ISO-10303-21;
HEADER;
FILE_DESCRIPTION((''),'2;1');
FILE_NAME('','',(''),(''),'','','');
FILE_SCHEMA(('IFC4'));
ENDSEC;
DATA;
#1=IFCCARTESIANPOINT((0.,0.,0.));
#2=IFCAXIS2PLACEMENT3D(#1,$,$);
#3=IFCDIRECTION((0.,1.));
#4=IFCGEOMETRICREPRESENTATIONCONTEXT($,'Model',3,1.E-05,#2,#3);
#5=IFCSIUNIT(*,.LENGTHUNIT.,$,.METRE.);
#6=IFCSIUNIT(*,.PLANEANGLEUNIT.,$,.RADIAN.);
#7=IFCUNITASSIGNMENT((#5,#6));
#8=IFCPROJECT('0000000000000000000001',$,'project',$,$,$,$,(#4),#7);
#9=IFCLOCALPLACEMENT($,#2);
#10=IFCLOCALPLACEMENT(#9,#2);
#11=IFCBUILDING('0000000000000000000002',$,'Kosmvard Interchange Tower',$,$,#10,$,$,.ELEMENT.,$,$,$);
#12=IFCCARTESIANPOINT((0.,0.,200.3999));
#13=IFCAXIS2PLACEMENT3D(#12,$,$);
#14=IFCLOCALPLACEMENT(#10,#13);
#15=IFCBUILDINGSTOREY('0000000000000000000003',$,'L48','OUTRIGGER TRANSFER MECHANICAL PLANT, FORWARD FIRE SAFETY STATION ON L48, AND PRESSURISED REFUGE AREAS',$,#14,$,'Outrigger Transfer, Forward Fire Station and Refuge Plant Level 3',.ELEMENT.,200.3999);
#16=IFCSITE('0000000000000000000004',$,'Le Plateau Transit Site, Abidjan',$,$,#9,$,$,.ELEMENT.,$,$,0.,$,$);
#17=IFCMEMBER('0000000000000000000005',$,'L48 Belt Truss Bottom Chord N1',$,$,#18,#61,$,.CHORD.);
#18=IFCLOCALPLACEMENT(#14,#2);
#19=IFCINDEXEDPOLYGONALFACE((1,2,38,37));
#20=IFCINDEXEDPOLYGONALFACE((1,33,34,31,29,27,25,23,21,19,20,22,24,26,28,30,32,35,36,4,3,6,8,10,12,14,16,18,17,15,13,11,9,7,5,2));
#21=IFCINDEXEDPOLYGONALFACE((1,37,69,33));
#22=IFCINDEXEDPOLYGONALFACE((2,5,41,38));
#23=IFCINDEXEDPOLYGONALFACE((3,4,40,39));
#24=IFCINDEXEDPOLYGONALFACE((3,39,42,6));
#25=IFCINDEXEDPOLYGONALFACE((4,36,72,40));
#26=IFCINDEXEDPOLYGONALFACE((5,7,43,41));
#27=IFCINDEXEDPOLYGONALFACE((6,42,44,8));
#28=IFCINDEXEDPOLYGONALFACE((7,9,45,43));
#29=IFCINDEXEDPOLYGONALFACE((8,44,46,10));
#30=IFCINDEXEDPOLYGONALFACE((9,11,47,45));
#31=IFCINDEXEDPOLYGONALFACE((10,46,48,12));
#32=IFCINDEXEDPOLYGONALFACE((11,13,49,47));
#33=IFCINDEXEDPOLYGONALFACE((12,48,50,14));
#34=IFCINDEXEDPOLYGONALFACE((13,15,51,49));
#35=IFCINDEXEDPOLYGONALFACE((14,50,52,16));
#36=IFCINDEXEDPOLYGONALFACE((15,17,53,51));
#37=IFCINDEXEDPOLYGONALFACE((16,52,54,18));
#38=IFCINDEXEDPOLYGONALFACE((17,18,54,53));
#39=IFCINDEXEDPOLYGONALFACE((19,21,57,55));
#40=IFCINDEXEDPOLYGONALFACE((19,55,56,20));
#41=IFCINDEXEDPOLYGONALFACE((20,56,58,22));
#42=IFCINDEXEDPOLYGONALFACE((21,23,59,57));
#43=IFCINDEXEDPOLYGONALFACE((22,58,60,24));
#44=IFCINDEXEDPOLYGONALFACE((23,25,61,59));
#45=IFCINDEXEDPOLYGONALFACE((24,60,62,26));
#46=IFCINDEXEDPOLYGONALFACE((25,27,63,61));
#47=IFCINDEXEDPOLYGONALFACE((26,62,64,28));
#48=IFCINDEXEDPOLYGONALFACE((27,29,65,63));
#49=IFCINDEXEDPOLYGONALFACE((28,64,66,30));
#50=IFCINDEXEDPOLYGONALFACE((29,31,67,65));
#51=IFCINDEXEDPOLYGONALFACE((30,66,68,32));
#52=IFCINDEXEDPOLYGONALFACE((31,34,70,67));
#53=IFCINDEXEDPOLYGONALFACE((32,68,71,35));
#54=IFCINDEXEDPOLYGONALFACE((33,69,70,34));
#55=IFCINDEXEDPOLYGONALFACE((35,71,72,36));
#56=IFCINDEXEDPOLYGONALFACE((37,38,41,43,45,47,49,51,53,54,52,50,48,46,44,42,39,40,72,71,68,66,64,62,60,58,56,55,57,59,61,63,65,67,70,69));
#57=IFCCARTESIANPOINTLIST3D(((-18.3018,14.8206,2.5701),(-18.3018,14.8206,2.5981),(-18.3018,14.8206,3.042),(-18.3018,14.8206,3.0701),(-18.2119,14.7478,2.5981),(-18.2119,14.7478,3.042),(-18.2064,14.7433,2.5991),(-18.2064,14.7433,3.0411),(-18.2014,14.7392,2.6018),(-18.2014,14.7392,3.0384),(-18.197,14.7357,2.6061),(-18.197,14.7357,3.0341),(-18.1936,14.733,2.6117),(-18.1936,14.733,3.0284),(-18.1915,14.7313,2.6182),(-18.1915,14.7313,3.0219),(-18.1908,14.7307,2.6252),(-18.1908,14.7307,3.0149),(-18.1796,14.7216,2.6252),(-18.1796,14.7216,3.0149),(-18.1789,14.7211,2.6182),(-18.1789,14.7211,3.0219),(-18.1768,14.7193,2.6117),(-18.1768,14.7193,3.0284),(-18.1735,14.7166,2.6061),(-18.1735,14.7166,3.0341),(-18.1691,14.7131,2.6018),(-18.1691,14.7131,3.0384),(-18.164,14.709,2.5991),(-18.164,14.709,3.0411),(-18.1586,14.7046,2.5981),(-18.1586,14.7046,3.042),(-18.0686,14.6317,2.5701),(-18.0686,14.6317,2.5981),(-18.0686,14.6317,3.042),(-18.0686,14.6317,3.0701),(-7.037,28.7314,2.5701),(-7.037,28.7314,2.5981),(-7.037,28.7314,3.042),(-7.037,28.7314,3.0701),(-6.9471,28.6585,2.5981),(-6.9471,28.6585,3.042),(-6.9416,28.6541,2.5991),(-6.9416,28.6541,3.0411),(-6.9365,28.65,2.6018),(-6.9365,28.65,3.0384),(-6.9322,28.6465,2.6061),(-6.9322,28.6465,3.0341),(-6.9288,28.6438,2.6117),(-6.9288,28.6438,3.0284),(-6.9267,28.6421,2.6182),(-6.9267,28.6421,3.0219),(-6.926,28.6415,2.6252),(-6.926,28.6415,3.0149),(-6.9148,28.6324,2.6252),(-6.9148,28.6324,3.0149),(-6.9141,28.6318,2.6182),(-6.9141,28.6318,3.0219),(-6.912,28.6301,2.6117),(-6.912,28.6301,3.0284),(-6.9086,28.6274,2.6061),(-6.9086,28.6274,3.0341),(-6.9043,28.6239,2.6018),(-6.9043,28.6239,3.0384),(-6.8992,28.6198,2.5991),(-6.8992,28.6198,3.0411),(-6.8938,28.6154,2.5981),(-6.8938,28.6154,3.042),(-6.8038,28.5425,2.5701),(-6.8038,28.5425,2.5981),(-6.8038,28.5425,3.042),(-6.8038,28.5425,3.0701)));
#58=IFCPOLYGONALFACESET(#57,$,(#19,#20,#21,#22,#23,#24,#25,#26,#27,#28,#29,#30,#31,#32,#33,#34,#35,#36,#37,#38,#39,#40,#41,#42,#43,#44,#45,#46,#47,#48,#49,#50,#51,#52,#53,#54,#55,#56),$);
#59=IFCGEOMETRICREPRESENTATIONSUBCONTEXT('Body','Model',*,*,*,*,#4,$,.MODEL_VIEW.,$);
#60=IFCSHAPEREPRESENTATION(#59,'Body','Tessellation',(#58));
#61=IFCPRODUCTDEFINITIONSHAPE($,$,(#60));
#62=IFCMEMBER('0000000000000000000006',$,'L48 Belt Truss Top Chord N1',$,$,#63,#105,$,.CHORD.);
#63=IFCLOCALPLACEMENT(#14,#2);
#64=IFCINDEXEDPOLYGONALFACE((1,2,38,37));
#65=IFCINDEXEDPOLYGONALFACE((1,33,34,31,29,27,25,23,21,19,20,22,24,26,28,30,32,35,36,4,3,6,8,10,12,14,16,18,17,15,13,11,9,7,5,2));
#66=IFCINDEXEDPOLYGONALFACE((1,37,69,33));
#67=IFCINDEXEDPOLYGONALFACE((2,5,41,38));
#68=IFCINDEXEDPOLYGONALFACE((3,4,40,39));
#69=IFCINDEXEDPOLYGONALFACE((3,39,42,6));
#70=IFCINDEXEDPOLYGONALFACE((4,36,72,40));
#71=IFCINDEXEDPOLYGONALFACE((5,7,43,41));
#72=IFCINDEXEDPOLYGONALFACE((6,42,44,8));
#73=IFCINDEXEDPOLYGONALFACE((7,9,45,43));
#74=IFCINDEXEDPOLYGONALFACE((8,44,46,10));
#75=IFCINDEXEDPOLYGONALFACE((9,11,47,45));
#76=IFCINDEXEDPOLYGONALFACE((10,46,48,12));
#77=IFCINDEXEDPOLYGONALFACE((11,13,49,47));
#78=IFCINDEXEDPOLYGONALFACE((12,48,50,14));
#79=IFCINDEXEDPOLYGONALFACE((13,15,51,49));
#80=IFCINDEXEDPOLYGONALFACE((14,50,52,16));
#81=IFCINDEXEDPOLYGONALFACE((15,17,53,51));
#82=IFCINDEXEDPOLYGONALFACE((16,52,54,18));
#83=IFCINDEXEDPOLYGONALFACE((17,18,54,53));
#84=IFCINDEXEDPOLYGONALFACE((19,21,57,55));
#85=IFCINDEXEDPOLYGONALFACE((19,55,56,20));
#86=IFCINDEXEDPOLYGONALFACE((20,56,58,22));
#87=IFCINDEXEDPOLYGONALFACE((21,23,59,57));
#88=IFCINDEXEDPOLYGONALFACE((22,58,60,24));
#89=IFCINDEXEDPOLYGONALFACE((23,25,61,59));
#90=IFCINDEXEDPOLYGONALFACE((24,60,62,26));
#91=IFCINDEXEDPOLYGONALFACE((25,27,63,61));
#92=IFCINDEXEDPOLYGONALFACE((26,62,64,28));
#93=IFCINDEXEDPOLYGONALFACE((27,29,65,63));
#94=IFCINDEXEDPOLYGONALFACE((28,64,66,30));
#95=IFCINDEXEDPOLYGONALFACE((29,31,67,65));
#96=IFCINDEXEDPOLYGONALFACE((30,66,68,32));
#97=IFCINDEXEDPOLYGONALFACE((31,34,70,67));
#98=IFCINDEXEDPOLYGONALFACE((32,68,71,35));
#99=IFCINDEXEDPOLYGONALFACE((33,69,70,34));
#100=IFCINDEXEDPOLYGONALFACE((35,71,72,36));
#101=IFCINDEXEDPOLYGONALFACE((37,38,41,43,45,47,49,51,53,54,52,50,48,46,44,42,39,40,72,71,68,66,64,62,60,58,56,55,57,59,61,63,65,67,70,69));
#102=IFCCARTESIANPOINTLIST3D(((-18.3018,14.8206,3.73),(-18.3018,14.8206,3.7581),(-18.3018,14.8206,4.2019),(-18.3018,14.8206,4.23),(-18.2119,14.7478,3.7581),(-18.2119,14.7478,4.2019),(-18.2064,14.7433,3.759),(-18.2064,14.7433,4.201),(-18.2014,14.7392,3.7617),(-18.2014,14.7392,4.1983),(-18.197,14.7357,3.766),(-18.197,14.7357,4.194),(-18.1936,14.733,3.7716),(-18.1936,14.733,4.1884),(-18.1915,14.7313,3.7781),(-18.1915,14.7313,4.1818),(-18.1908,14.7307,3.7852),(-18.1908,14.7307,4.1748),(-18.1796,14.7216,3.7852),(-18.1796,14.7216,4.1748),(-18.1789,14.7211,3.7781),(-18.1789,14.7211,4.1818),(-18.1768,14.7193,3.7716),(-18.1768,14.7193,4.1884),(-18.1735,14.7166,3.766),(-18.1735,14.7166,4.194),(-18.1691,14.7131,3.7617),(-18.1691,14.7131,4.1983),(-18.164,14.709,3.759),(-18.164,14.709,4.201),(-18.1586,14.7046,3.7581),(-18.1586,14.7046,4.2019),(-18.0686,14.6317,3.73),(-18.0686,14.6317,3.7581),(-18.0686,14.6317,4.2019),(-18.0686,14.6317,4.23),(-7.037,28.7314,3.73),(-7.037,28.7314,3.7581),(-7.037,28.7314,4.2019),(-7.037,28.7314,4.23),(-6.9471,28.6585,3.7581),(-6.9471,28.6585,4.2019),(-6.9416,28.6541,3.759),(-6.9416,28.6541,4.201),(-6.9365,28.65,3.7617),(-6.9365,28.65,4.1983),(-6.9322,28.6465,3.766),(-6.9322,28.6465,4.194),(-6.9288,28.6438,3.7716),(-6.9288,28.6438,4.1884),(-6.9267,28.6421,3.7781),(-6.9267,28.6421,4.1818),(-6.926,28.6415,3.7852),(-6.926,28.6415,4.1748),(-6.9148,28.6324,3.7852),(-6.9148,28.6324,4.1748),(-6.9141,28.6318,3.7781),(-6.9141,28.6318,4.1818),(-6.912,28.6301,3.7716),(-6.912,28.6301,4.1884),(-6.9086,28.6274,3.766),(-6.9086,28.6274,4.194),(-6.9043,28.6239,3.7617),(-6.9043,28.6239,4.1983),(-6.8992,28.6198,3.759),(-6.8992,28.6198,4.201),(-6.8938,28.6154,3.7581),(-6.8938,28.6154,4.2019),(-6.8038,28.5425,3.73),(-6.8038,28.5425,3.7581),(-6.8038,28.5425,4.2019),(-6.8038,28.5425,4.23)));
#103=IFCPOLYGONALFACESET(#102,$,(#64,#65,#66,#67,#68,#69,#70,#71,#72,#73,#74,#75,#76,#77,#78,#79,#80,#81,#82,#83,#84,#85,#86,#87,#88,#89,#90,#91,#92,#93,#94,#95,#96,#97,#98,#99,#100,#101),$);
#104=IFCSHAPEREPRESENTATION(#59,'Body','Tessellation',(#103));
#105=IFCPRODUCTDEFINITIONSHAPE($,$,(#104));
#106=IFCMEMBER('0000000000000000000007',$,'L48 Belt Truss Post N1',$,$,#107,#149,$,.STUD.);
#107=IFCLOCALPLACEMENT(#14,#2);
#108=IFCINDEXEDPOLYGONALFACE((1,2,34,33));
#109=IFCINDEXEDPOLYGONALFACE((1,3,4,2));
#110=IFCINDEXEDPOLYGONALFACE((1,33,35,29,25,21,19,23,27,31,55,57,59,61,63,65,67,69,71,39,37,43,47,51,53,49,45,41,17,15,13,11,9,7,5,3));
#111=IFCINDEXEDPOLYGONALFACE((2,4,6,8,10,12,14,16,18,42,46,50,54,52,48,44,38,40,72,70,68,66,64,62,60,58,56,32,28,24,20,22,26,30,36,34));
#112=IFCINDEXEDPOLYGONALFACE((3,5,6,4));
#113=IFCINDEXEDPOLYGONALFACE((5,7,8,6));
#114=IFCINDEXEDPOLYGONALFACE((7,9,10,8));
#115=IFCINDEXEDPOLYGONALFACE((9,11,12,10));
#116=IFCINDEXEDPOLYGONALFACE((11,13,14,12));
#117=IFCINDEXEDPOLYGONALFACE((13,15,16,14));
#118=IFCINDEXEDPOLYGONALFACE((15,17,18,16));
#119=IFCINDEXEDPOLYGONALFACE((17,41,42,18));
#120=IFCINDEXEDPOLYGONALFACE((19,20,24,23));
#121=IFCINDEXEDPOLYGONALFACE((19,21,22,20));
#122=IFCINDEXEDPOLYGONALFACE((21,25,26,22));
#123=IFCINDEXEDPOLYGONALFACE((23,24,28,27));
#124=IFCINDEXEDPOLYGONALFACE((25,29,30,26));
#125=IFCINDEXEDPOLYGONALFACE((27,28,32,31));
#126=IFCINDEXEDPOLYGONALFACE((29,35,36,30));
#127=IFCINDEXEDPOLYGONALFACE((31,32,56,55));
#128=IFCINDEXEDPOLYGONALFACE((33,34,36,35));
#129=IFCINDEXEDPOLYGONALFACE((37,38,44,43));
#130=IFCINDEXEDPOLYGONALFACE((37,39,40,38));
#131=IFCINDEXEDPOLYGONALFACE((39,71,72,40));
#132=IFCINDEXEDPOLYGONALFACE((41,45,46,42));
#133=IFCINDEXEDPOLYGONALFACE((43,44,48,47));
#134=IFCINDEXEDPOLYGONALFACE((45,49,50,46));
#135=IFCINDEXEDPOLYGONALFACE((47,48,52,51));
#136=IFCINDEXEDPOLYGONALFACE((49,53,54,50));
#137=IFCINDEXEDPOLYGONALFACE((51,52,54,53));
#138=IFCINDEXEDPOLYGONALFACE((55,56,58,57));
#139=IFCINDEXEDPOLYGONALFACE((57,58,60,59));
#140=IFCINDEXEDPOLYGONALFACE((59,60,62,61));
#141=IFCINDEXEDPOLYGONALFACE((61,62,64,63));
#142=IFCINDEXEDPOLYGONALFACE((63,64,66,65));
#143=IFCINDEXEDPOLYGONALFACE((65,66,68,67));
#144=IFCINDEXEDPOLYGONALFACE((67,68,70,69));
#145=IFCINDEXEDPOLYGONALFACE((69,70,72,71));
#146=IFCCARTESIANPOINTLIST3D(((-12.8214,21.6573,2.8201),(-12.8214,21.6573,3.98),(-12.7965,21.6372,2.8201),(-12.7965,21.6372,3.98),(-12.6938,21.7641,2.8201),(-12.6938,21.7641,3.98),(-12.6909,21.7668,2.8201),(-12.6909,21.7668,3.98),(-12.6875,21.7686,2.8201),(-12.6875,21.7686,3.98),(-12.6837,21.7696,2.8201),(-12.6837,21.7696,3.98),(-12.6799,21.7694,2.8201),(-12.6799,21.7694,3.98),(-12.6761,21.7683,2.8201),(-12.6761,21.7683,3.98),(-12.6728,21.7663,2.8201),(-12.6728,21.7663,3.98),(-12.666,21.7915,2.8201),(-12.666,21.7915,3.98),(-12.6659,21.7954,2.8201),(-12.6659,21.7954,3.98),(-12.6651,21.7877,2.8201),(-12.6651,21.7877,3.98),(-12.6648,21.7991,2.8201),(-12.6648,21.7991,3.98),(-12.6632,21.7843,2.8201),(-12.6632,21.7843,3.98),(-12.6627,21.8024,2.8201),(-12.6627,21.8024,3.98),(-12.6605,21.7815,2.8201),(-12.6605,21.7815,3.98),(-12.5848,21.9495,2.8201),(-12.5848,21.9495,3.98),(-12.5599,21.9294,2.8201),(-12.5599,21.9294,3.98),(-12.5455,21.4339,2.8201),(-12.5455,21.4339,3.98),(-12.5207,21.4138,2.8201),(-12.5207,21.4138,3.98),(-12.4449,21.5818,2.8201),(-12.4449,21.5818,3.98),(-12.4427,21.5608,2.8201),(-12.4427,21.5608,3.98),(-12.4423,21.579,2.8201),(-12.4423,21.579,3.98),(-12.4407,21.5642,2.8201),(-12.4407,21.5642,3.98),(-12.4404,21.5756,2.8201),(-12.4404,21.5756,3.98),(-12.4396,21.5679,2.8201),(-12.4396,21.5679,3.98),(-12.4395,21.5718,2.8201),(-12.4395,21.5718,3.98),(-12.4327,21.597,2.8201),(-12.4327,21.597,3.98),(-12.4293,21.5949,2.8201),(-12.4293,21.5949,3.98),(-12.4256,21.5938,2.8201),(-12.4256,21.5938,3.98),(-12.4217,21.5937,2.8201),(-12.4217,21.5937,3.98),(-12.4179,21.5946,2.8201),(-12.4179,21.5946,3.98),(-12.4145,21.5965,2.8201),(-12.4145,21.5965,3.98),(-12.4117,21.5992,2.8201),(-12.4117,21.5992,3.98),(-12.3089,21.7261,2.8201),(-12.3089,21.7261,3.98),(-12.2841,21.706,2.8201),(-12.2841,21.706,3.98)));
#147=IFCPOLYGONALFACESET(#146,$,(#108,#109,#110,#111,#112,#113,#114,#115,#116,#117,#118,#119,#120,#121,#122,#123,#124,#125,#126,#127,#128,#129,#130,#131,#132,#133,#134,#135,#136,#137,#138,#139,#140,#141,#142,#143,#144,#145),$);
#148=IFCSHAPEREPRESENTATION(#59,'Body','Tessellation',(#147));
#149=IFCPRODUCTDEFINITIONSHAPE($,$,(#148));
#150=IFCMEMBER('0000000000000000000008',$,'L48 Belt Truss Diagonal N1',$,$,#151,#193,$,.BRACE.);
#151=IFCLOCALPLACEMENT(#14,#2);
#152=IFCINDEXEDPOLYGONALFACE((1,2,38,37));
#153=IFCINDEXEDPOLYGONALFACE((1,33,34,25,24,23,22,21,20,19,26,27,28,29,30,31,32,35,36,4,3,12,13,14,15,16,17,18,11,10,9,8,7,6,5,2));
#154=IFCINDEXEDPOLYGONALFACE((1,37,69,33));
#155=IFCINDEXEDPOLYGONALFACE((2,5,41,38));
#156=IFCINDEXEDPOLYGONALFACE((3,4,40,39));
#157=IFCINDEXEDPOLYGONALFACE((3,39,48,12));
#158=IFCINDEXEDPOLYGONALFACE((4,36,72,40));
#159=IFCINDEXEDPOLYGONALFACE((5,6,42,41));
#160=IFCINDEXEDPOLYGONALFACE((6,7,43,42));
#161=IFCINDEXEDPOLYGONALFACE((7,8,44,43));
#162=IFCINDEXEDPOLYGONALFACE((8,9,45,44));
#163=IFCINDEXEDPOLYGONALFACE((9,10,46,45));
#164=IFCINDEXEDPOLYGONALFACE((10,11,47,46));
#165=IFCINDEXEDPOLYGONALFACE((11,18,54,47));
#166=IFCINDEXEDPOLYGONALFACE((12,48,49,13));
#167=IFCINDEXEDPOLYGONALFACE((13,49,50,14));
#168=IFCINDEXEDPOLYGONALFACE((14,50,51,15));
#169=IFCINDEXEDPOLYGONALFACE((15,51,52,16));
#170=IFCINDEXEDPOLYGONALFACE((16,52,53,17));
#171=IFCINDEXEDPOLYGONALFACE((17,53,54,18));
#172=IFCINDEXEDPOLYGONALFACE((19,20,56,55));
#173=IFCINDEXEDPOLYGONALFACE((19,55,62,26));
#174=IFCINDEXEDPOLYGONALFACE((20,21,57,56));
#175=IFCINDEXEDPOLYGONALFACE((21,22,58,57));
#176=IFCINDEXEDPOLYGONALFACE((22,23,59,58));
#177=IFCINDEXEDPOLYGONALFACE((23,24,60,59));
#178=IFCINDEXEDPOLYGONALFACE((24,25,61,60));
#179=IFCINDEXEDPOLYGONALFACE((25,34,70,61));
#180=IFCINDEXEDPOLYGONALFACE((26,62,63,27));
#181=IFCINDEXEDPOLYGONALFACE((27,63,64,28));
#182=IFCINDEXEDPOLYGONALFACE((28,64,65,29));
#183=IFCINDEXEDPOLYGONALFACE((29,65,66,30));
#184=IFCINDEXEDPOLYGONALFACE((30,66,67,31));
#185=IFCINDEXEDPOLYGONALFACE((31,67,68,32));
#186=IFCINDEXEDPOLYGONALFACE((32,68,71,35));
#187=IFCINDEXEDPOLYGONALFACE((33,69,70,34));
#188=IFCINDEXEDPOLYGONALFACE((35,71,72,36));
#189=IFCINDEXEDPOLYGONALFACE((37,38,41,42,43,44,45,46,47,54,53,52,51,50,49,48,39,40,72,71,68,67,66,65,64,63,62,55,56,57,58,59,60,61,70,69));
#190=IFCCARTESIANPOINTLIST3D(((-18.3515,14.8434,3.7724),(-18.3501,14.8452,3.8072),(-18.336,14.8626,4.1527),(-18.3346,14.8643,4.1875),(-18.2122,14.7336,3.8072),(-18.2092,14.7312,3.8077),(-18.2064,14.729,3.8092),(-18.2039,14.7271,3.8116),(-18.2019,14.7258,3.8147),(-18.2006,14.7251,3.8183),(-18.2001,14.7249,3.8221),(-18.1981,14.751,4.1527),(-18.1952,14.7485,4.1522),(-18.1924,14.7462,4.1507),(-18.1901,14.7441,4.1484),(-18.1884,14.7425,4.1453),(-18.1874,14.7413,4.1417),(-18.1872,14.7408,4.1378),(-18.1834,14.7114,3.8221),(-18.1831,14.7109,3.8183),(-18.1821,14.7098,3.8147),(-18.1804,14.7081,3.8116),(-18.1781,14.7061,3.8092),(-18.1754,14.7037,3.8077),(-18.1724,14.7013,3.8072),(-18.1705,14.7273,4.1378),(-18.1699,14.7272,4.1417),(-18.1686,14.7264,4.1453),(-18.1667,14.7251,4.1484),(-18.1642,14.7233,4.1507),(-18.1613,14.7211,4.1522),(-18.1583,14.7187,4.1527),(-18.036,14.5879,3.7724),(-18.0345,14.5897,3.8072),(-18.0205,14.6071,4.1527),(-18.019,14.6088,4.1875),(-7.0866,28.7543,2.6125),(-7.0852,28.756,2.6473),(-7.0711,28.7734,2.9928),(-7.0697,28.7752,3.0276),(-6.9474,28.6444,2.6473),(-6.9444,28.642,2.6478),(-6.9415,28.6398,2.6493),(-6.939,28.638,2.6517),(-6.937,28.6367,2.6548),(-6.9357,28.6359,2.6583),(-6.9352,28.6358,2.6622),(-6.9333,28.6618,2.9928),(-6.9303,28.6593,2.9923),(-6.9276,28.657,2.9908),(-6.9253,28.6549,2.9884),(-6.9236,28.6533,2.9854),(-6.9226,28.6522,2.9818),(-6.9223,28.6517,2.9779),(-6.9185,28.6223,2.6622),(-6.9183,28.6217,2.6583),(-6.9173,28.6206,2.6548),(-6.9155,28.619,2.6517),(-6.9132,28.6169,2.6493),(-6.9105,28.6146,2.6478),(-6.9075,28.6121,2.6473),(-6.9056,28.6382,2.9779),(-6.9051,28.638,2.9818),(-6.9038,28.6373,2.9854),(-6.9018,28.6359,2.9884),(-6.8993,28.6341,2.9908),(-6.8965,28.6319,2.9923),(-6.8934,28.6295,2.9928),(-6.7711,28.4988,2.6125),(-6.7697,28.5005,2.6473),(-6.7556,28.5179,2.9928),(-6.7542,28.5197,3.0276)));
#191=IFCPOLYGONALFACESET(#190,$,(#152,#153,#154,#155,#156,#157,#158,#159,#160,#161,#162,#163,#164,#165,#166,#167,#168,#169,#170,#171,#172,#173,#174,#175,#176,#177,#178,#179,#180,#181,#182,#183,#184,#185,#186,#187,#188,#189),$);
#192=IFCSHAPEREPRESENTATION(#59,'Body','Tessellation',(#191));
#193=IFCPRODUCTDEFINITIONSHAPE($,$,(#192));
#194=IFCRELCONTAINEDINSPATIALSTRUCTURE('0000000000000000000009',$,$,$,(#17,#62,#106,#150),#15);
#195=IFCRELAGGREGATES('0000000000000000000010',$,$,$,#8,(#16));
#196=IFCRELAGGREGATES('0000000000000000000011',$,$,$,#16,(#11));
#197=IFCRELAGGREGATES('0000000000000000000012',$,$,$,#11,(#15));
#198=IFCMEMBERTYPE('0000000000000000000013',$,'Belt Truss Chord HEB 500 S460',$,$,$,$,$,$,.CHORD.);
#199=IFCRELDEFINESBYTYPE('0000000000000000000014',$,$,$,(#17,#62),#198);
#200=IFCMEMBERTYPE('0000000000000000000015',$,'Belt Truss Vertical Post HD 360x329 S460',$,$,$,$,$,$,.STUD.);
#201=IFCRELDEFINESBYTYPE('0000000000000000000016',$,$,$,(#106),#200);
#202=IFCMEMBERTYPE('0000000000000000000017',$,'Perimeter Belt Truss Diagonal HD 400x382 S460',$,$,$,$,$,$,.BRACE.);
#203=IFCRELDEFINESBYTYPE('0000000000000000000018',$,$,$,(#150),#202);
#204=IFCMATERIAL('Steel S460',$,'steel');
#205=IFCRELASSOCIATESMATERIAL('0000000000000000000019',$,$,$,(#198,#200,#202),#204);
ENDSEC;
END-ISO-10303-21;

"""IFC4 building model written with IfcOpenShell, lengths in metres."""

from ifc_helpers import new_model, si_unit, direction, frame, origin, origin_2d, place, context, subcontext, project, spatial, i_section, extrude, source, transform, mapped, material, material_profile, profile_set, type_object, element, save


model = new_model("IFC4")

# Units and contexts
model_context = context("Model", 3, precision=1e-05, world=origin(), true_north=direction((0.0, 1.0)))
body_context = subcontext(model_context, "Body", "Model", "MODEL_VIEW")
ifc_project = project(units=[si_unit("LENGTHUNIT", "METRE"), si_unit("PLANEANGLEUNIT", "RADIAN")], contexts=[model_context])

# Site, building, storey
site_placement = place(None, origin())
site = spatial("IfcSite", under=ifc_project, at=site_placement, Name="Le Plateau Transit Site, Abidjan", CompositionType="ELEMENT", RefElevation=0.0)
building_placement = place(site_placement, origin())
building = spatial("IfcBuilding", under=site, at=building_placement, Name="Kosmvard Interchange Tower", CompositionType="ELEMENT")
storey_placement = place(building_placement, frame((0.0, 0.0, 200.3999)))
storey = spatial("IfcBuildingStorey", under=building, at=storey_placement, Name="L48", Description="OUTRIGGER TRANSFER MECHANICAL PLANT, FORWARD FIRE SAFETY STATION ON L48, AND PRESSURISED REFUGE AREAS", LongName="Outrigger Transfer, Forward Fire Station and Refuge Plant Level 3", CompositionType="ELEMENT", Elevation=200.3999)

# Members
ifc_material_1 = material(Name="Steel S460", Category="steel")
ifc_material_profile_1 = material_profile(ifc_material_1, i_section(OverallWidth=0.3, OverallDepth=0.5, WebThickness=0.0144, FlangeThickness=0.0281, FilletRadius=0.0271, at=origin_2d()), Name="HEB 500")
ifc_profile_set_1 = profile_set([ifc_material_profile_1], Name="Steel S460")
member_type_1 = type_object("IfcMemberType", Name="Belt Truss Chord HEB 500 S460", PredefinedType="CHORD", material=ifc_profile_set_1)
shared_shape_1 = source(origin(), body_context, "Body", "SweptSolid", [
    extrude(i_section(OverallWidth=0.3, OverallDepth=0.5, WebThickness=0.0144, FlangeThickness=0.0281, FilletRadius=0.0271, at=origin_2d()), origin(), (0.0, 0.0, 1.0), 17.8999),
])
for number, where, z_axis, x_axis, name in (
    (1, (-6.9204, 28.637, 2.8201), (-0.629323, -0.777144, 0.0), (0.777144, -0.629323, 0.0), "L48 Belt Truss Bottom Chord N1"),
    (2, (-6.9204, 28.637, 3.98), (-0.629323, -0.777144, 0.0), (0.777144, -0.629323, 0.0), "L48 Belt Truss Top Chord N1"),
):
    element("IfcMember", number, at=place(storey_placement, frame(where, z_axis=z_axis, x_axis=x_axis)), inside=storey, type_object=member_type_1, Name=name, PredefinedType="CHORD", context=body_context, shape_type="MappedRepresentation", body=[
        mapped(shared_shape_1, transform((0.0, 0.0, 0.0), scale=1.0)),
    ])
ifc_material_profile_2 = material_profile(ifc_material_1, i_section(OverallWidth=0.376, OverallDepth=0.387, WebThickness=0.0195, FlangeThickness=0.032, FilletRadius=0.0149, at=origin_2d()), Name="HD 360x329")
ifc_profile_set_2 = profile_set([ifc_material_profile_2], Name="Steel S460")
member_type_2 = type_object("IfcMemberType", Name="Belt Truss Vertical Post HD 360x329 S460", PredefinedType="STUD", material=ifc_profile_set_2)
shared_shape_2 = source(origin(), body_context, "Body", "SweptSolid", [
    extrude(i_section(OverallWidth=0.376, OverallDepth=0.387, WebThickness=0.0195, FlangeThickness=0.032, FilletRadius=0.0149, at=origin_2d()), origin(), (0.0, 0.0, 1.0), 1.1599),
])
member_1_placement = place(storey_placement, frame((-12.5527, 21.6816, 2.8201), z_axis=(0.0, 0.0, 1.0), x_axis=(0.62932, 0.777146, 0.0)))
element("IfcMember", 3, at=member_1_placement, inside=storey, type_object=member_type_2, Name="L48 Belt Truss Post N1", PredefinedType="STUD", context=body_context, shape_type="MappedRepresentation", body=[
    mapped(shared_shape_2, transform((0.0, 0.0, 0.0), scale=1.0)),
])
ifc_material_profile_3 = material_profile(ifc_material_1, i_section(OverallWidth=0.406, OverallDepth=0.416, WebThickness=0.0215, FlangeThickness=0.0349, FilletRadius=0.0149, at=origin_2d()), Name="HD 400x382")
ifc_profile_set_3 = profile_set([ifc_material_profile_3], Name="Steel S460")
member_type_3 = type_object("IfcMemberType", Name="Perimeter Belt Truss Diagonal HD 400x382 S460", PredefinedType="BRACE", material=ifc_profile_set_3)
shared_shape_3 = source(origin(), body_context, "Body", "SweptSolid", [
    extrude(i_section(OverallWidth=0.406, OverallDepth=0.416, WebThickness=0.0215, FlangeThickness=0.0349, FilletRadius=0.0149, at=origin_2d()), origin(), (0.0, 0.0, 1.0), 17.9375),
])
member_2_placement = place(storey_placement, frame((-6.9204, 28.637, 2.8201), z_axis=(-0.628006, -0.775517, 0.064664), x_axis=(0.777144, -0.629323, 0.0)))
element("IfcMember", 4, at=member_2_placement, inside=storey, type_object=member_type_3, Name="L48 Belt Truss Diagonal N1", PredefinedType="BRACE", context=body_context, shape_type="MappedRepresentation", body=[
    mapped(shared_shape_3, transform((0.0, 0.0, 0.0), scale=1.0)),
])

save(model, "model.ifc")
